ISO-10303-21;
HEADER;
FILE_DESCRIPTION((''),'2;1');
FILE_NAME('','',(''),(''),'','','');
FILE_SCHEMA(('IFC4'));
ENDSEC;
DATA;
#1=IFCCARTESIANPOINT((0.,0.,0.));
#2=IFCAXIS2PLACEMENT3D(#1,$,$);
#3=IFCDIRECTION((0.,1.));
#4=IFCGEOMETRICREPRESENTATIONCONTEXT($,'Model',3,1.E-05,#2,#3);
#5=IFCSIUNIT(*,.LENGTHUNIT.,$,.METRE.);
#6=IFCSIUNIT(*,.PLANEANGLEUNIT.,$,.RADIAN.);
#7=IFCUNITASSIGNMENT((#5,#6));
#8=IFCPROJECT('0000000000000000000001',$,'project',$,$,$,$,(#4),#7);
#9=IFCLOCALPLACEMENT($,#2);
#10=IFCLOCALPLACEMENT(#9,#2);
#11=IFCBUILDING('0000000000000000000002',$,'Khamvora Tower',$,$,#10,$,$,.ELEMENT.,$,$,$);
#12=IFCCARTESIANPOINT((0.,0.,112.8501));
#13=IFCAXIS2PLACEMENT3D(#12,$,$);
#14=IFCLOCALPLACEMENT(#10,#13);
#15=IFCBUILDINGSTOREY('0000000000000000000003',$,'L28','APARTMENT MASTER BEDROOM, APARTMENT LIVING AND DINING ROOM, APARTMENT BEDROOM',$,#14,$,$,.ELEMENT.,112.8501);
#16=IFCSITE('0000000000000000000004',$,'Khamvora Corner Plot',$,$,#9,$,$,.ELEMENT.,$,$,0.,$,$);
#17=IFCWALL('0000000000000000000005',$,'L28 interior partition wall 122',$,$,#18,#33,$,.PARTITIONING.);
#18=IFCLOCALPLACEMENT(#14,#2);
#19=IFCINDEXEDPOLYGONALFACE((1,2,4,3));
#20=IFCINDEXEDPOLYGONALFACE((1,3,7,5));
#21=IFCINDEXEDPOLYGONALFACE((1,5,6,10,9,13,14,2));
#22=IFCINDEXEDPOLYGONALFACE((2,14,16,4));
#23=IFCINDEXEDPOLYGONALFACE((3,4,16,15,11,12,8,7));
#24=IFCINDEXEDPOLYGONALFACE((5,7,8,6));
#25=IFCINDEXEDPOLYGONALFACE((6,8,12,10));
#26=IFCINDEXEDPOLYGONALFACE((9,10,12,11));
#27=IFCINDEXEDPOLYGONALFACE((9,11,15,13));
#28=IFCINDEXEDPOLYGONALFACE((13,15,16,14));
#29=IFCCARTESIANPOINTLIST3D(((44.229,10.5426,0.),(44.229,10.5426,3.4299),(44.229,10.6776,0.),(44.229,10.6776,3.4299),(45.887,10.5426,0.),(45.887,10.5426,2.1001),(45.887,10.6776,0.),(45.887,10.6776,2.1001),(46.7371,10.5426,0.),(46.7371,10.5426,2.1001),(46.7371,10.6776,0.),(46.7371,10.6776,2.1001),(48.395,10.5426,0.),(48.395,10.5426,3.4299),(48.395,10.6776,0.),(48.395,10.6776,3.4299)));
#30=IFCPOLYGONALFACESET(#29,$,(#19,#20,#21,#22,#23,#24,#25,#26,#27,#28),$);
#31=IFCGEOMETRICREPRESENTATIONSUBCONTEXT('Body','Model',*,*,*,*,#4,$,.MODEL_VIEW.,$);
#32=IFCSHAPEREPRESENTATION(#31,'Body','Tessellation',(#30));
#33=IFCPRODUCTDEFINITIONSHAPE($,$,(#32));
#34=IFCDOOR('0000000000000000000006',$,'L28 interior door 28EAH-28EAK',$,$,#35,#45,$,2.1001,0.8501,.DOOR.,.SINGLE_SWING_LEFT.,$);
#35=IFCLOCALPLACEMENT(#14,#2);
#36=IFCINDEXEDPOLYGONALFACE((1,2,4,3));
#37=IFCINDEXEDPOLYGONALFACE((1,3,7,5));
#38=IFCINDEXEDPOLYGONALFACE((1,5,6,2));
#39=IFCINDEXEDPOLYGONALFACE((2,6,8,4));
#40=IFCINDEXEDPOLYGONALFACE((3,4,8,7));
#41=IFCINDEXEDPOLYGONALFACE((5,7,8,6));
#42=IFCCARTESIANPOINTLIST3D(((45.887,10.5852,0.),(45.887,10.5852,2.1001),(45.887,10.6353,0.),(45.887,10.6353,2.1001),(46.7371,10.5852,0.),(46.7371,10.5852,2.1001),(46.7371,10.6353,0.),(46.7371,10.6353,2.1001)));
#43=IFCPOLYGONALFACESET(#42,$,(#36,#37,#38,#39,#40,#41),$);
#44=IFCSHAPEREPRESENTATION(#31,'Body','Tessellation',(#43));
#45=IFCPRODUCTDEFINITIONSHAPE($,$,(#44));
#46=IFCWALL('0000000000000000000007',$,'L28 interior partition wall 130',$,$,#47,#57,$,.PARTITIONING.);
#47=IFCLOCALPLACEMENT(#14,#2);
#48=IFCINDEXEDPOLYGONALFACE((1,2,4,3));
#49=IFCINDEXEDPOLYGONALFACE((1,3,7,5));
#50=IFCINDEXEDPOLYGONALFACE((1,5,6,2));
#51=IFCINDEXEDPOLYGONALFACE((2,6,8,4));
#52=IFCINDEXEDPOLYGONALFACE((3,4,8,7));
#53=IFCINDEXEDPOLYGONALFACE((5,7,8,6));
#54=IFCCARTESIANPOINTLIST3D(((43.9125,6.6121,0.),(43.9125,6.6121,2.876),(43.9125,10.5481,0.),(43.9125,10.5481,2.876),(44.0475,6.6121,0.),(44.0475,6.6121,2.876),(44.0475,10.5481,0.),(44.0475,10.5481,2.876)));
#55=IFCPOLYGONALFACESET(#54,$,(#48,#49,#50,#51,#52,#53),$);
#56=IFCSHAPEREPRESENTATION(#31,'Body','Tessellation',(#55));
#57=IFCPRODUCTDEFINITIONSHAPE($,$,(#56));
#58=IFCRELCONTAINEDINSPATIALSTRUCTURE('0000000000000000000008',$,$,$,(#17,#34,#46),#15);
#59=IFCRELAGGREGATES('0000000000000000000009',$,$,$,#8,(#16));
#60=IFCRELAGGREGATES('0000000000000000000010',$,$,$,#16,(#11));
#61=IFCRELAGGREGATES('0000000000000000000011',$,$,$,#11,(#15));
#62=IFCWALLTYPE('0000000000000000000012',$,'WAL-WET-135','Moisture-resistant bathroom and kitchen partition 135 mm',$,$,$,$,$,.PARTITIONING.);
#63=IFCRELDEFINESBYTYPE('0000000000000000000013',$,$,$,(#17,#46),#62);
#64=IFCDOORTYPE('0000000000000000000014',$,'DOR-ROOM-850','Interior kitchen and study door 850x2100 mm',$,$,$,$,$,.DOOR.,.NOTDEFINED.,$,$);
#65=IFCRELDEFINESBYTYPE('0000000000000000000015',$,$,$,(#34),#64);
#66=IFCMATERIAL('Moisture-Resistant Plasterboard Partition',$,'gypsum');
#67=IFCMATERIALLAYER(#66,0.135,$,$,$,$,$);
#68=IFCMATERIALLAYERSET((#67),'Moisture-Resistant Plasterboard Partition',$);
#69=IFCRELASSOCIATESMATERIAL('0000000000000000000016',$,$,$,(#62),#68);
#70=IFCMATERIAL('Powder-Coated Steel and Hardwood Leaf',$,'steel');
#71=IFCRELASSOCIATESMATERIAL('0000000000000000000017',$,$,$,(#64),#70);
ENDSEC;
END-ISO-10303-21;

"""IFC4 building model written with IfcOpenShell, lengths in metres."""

from ifc_helpers import new_model, si_unit, direction, frame, frame_2d, origin, place, context, subcontext, project, spatial, rectangle, extrude, material, layer, layer_set, type_object, element, fill, save


model = new_model("IFC4")

# Units and contexts
model_context = context("Model", 3, precision=1e-05, world=origin(), true_north=direction((0.0, 1.0)))
body_context = subcontext(model_context, "Body", "Model", "MODEL_VIEW")
ifc_project = project(units=[si_unit("LENGTHUNIT", "METRE"), si_unit("PLANEANGLEUNIT", "RADIAN")], contexts=[model_context])

# Site, building, storey
site_placement = place(None, origin())
site = spatial("IfcSite", under=ifc_project, at=site_placement, Name="Khamvora Corner Plot", CompositionType="ELEMENT", RefElevation=0.0)
building_placement = place(site_placement, origin())
building = spatial("IfcBuilding", under=site, at=building_placement, Name="Khamvora Tower", CompositionType="ELEMENT")
storey_placement = place(building_placement, frame((0.0, 0.0, 112.8501)))
storey = spatial("IfcBuildingStorey", under=building, at=storey_placement, Name="L28", Description="APARTMENT MASTER BEDROOM, APARTMENT LIVING AND DINING ROOM, APARTMENT BEDROOM", CompositionType="ELEMENT", Elevation=112.8501)

# Wall, opening, door
ifc_material_1 = material(Name="Powder-Coated Steel and Hardwood Leaf", Category="steel")
ifc_material_2 = material(Name="Moisture-Resistant Plasterboard Partition", Category="gypsum")
ifc_layer_1 = layer(ifc_material_2, 0.135)
ifc_layer_set_1 = layer_set([ifc_layer_1], Name="Moisture-Resistant Plasterboard Partition")
wall_type_1 = type_object("IfcWallType", Name="WAL-WET-135", Description="Moisture-resistant bathroom and kitchen partition 135 mm", PredefinedType="PARTITIONING", material=ifc_layer_set_1)
wall_1_placement = place(storey_placement, frame((48.395, 10.6101, 0.0), z_axis=(0.0, 0.0, 1.0), x_axis=(-1.0, 0.0, 0.0)))
wall_1 = element("IfcWall", 1, at=wall_1_placement, inside=storey, type_object=wall_type_1, Name="L28 interior partition wall 122", PredefinedType="PARTITIONING", context=body_context, shape_type="SweptSolid", body=[
    extrude(rectangle(XDim=4.166, YDim=0.135, at=frame_2d((2.083, 0.0))), origin(), (0.0, 0.0, 1.0), 3.4299),
])
opening_1_placement = place(wall_1_placement, frame((1.658, 0.0, 0.0)))
opening_1 = element("IfcOpeningElement", 2, at=opening_1_placement, cuts=wall_1, PredefinedType="OPENING", context=body_context, shape_type="SweptSolid", body=[
    extrude(rectangle(XDim=0.8501, YDim=2.1001, at=frame_2d((0.425, 1.05))), frame((0.0, 0.0774, 0.0), z_axis=(0.0, -1.0, 0.0), x_axis=(1.0, 0.0, 0.0)), (0.0, 0.0, 1.0), 0.155),
])
door_type_1 = type_object("IfcDoorType", Name="DOR-ROOM-850", Description="Interior kitchen and study door 850x2100 mm", OperationType="NOTDEFINED", PredefinedType="DOOR", material=ifc_material_1)
door_1_placement = place(opening_1_placement, origin())
door_1 = element("IfcDoor", 3, at=door_1_placement, inside=storey, type_object=door_type_1, Name="L28 interior door 28EAH-28EAK", OperationType="SINGLE_SWING_LEFT", OverallHeight=2.1001, OverallWidth=0.8501, PredefinedType="DOOR", context=body_context, shape_type="SweptSolid", body=[
    extrude(rectangle(XDim=0.8501, YDim=2.1001, at=frame_2d((0.425, 1.05))), frame((0.0, 0.0249, 0.0), z_axis=(0.0, -1.0, 0.0), x_axis=(1.0, 0.0, 0.0)), (0.0, 0.0, 1.0), 0.05),
])
fill(opening_1, door_1)

# Wall
wall_2_placement = place(storey_placement, frame((43.98, 10.5481, 0.0), z_axis=(0.0, 0.0, 1.0), x_axis=(0.0, -1.0, 0.0)))
element("IfcWall", 4, at=wall_2_placement, inside=storey, type_object=wall_type_1, Name="L28 interior partition wall 130", PredefinedType="PARTITIONING", context=body_context, shape_type="SweptSolid", body=[
    extrude(rectangle(XDim=3.936, YDim=0.135, at=frame_2d((1.968, 0.0))), origin(), (0.0, 0.0, 1.0), 2.876),
])

save(model, "model.ifc")
